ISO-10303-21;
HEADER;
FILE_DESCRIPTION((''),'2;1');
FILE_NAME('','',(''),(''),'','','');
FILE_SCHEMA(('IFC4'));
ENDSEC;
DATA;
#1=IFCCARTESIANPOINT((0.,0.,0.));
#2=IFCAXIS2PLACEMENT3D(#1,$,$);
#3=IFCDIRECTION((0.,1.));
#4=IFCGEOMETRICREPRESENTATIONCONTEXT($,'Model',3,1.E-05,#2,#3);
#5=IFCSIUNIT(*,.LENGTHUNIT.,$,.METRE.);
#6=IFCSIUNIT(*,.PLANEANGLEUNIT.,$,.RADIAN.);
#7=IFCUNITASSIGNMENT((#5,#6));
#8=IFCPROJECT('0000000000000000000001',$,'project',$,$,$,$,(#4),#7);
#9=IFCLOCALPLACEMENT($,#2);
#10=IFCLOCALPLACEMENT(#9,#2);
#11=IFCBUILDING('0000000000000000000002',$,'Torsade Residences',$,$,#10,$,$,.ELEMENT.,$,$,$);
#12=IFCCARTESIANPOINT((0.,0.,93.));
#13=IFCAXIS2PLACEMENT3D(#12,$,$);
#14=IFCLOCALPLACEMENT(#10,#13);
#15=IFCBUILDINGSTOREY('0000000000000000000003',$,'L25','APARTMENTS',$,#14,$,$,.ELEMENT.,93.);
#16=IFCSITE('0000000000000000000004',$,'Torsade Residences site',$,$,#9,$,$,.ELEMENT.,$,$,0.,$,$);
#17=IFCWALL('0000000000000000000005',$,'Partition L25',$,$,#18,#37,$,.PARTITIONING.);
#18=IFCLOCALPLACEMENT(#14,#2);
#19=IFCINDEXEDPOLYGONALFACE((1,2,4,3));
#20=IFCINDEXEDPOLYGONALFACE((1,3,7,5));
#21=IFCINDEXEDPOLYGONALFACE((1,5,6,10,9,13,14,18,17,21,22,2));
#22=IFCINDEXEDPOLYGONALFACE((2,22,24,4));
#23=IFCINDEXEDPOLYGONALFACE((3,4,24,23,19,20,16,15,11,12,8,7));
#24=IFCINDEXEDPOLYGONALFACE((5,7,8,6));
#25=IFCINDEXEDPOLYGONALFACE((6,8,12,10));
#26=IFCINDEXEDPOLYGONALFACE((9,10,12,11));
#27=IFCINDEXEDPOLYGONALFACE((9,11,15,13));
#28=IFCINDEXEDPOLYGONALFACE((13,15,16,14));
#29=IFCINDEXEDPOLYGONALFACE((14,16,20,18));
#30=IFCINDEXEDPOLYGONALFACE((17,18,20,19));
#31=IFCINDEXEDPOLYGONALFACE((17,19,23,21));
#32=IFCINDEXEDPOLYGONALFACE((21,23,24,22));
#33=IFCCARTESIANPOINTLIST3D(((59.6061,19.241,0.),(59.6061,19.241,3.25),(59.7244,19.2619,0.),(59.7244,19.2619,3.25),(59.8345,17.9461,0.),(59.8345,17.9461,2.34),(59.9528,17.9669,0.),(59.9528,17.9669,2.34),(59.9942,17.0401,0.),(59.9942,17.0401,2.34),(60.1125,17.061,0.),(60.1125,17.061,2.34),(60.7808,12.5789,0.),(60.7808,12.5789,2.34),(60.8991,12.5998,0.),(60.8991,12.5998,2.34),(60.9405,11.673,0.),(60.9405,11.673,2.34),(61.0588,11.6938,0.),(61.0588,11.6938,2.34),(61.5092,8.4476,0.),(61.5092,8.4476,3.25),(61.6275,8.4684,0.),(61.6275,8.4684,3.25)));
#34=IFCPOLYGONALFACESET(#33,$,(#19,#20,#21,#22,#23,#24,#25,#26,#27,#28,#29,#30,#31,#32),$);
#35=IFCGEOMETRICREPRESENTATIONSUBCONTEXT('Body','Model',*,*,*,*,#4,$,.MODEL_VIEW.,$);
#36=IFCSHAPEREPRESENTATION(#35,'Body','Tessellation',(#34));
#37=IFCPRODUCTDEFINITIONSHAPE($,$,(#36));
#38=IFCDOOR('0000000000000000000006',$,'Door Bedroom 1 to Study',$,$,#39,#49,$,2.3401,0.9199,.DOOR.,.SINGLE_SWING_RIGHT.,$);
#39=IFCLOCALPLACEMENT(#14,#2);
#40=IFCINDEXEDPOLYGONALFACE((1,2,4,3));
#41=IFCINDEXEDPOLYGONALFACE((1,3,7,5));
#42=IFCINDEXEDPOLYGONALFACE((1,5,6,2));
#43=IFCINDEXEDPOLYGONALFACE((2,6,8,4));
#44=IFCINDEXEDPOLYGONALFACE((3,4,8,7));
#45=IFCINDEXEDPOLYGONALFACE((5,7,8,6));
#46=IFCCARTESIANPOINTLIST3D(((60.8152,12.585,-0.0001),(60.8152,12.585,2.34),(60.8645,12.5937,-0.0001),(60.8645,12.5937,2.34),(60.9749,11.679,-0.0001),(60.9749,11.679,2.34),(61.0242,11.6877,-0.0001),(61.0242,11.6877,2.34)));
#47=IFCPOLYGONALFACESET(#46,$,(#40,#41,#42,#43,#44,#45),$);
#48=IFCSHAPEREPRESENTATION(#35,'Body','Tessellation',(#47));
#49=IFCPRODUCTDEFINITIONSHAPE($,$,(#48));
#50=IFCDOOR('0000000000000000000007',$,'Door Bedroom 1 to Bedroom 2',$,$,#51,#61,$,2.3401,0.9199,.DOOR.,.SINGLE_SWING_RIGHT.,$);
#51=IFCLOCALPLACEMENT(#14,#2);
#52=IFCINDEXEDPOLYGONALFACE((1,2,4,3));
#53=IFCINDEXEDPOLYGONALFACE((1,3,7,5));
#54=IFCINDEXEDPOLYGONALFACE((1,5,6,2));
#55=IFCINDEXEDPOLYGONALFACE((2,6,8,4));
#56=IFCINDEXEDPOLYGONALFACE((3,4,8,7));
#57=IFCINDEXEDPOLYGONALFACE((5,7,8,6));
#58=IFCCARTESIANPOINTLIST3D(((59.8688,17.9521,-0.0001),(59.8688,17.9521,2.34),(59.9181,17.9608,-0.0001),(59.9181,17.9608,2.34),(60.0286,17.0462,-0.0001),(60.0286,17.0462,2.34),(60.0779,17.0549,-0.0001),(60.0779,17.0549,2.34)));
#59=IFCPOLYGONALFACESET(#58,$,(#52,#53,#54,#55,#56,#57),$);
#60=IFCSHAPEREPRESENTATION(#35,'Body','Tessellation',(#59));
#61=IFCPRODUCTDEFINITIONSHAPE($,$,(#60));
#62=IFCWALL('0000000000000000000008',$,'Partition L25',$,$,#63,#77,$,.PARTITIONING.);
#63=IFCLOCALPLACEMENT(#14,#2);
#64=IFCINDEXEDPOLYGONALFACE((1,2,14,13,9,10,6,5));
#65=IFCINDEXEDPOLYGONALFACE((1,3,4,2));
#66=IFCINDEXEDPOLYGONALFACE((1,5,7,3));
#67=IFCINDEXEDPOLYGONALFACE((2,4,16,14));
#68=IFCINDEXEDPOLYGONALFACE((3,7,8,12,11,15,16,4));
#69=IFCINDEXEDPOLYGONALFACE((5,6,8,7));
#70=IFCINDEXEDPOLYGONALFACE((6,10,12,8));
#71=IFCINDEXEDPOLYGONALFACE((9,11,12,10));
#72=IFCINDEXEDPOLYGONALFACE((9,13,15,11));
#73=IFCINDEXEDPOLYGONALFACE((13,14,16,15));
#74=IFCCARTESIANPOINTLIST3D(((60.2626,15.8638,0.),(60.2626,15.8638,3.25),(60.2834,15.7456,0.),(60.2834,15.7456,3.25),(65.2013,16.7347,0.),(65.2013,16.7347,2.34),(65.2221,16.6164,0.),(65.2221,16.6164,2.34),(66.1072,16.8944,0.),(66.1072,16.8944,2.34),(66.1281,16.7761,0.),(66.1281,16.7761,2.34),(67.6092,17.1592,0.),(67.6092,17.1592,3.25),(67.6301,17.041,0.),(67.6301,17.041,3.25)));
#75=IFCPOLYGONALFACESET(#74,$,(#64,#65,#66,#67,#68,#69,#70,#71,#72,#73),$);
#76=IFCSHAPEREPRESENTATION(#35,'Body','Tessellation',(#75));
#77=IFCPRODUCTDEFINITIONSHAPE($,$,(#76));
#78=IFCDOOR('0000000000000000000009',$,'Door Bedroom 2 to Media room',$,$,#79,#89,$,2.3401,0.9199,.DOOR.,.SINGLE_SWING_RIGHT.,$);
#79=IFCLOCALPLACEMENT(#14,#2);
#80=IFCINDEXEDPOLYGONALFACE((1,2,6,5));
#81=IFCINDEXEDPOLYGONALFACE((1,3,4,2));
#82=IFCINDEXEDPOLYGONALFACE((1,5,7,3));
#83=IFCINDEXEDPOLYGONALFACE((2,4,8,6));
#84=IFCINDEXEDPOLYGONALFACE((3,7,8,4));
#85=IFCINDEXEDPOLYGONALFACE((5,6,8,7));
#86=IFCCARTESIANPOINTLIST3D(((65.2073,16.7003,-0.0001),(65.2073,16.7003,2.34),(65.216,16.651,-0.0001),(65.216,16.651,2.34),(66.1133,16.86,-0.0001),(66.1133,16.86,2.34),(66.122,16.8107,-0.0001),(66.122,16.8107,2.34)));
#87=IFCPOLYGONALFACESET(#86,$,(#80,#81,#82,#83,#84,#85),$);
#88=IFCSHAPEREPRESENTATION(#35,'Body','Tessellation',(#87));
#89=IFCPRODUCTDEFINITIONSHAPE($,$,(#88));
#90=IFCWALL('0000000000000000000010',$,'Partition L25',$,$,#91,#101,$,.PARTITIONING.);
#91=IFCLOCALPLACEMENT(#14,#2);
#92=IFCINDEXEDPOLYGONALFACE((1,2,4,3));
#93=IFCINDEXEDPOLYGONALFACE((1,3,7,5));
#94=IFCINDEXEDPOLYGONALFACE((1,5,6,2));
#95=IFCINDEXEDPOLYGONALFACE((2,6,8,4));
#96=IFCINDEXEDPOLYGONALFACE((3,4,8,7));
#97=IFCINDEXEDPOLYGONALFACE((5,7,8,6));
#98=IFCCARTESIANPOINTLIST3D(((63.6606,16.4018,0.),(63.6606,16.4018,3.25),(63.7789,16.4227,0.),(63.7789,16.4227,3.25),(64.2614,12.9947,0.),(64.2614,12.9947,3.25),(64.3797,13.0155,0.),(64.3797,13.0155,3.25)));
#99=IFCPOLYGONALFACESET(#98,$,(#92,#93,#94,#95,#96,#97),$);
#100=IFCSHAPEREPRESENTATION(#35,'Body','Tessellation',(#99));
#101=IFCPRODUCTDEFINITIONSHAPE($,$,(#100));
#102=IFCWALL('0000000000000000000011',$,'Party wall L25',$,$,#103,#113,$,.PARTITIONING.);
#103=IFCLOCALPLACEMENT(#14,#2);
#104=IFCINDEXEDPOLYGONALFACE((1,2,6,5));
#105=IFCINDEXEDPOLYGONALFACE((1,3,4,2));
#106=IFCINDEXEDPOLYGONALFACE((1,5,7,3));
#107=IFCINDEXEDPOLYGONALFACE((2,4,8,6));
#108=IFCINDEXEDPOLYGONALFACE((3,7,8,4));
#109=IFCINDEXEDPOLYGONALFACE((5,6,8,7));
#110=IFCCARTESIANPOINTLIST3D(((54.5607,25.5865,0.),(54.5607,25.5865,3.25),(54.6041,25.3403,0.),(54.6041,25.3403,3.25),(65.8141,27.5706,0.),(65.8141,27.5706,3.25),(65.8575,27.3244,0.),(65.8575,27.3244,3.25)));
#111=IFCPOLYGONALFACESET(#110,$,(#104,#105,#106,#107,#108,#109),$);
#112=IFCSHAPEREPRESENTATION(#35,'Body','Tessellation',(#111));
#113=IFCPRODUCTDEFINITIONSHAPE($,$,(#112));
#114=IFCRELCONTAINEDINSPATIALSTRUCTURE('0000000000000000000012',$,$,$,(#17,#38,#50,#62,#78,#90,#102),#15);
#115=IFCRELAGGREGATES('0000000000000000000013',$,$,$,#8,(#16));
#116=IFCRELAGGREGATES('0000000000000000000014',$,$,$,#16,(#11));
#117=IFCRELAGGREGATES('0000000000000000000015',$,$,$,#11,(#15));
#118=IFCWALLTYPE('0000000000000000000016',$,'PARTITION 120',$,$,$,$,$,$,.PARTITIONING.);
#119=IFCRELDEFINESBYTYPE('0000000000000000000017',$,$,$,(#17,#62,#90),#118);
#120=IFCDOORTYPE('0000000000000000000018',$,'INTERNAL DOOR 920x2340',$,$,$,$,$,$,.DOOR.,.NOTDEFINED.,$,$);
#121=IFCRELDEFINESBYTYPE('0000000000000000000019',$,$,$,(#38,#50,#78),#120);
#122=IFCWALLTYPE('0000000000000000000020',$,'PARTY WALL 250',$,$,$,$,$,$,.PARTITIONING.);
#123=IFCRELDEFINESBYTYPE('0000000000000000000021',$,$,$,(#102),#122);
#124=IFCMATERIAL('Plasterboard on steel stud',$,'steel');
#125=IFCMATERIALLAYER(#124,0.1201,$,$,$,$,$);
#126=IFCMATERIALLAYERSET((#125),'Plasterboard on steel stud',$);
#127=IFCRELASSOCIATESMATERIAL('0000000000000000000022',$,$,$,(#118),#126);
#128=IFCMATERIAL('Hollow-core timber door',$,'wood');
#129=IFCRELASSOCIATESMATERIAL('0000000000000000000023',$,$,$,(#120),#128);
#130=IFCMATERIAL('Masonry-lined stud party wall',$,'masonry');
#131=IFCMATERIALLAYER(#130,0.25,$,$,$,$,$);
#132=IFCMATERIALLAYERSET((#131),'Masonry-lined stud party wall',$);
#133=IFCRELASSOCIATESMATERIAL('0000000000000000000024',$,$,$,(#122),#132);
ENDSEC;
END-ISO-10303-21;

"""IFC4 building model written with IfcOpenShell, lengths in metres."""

from ifc_helpers import new_model, si_unit, direction, frame, frame_2d, origin, place, context, subcontext, project, spatial, rectangle, extrude, material, layer, layer_set, type_object, element, fill, save


model = new_model("IFC4")

# Units and contexts
model_context = context("Model", 3, precision=1e-05, world=origin(), true_north=direction((0.0, 1.0)))
body_context = subcontext(model_context, "Body", "Model", "MODEL_VIEW")
ifc_project = project(units=[si_unit("LENGTHUNIT", "METRE"), si_unit("PLANEANGLEUNIT", "RADIAN")], contexts=[model_context])

# Site, building, storey
site_placement = place(None, origin())
site = spatial("IfcSite", under=ifc_project, at=site_placement, Name="Torsade Residences site", CompositionType="ELEMENT", RefElevation=0.0)
building_placement = place(site_placement, origin())
building = spatial("IfcBuilding", under=site, at=building_placement, Name="Torsade Residences", CompositionType="ELEMENT")
storey_placement = place(building_placement, frame((0.0, 0.0, 93.0)))
storey = spatial("IfcBuildingStorey", under=building, at=storey_placement, Name="L25", Description="APARTMENTS", CompositionType="ELEMENT", Elevation=93.0)

# Shared definitions
ifc_material_1 = material(Name="Plasterboard on steel stud", Category="steel")
ifc_layer_1 = layer(ifc_material_1, 0.1201)
ifc_layer_set_1 = layer_set([ifc_layer_1], Name="Plasterboard on steel stud")
wall_type_1 = type_object("IfcWallType", Name="PARTITION 120", PredefinedType="PARTITIONING", material=ifc_layer_set_1)

# Shared definitions
ifc_material_2 = material(Name="Hollow-core timber door", Category="wood")
door_type_1 = type_object("IfcDoorType", Name="INTERNAL DOOR 920x2340", OperationType="NOTDEFINED", PredefinedType="DOOR", material=ifc_material_2)

# Wall, openings, doors
wall_1_placement = place(storey_placement, frame((59.6653, 19.2515, 0.0), z_axis=(0.0, 0.0, 1.0), x_axis=(0.173639, -0.984809, 0.0)))
wall_1 = element("IfcWall", 1, at=wall_1_placement, inside=storey, type_object=wall_type_1, Name="Partition L25", PredefinedType="PARTITIONING", context=body_context, shape_type="SweptSolid", body=[
    extrude(rectangle(XDim=10.96, YDim=0.1201, at=frame_2d((5.48, 0.0))), origin(), (0.0, 0.0, 1.0), 3.25),
])
opening_1_placement = place(wall_1_placement, frame((6.7649, 0.0, 0.0)))
opening_1 = element("IfcOpeningElement", 2, at=opening_1_placement, cuts=wall_1, PredefinedType="OPENING", context=body_context, shape_type="SweptSolid", body=[
    extrude(rectangle(XDim=0.9199, YDim=2.3401, at=frame_2d((0.46, 1.1699))), frame((0.0, 0.0701, 0.0), z_axis=(0.0, -1.0, 0.0), x_axis=(1.0, 0.0, 0.0)), (0.0, 0.0, 1.0), 0.1401),
])
opening_2_placement = place(wall_1_placement, frame((1.3149, 0.0, 0.0)))
opening_2 = element("IfcOpeningElement", 3, at=opening_2_placement, cuts=wall_1, PredefinedType="OPENING", context=body_context, shape_type="SweptSolid", body=[
    extrude(rectangle(XDim=0.9199, YDim=2.3401, at=frame_2d((0.46, 1.1699))), frame((0.0, 0.0701, 0.0), z_axis=(0.0, -1.0, 0.0), x_axis=(1.0, 0.0, 0.0)), (0.0, 0.0, 1.0), 0.1401),
])
door_1_placement = place(opening_1_placement, origin())
door_1 = element("IfcDoor", 4, at=door_1_placement, inside=storey, type_object=door_type_1, Name="Door Bedroom 1 to Study", OperationType="SINGLE_SWING_RIGHT", OverallHeight=2.3401, OverallWidth=0.9199, PredefinedType="DOOR", context=body_context, shape_type="SweptSolid", body=[
    extrude(rectangle(XDim=0.9199, YDim=2.3401, at=frame_2d((0.46, 1.1699))), frame((0.0, 0.0249, 0.0), z_axis=(0.0, -1.0, 0.0), x_axis=(1.0, 0.0, 0.0)), (0.0, 0.0, 1.0), 0.05),
])
fill(opening_1, door_1)
door_2_placement = place(opening_2_placement, origin())
door_2 = element("IfcDoor", 5, at=door_2_placement, inside=storey, type_object=door_type_1, Name="Door Bedroom 1 to Bedroom 2", OperationType="SINGLE_SWING_RIGHT", OverallHeight=2.3401, OverallWidth=0.9199, PredefinedType="DOOR", context=body_context, shape_type="SweptSolid", body=[
    extrude(rectangle(XDim=0.9199, YDim=2.3401, at=frame_2d((0.46, 1.1699))), frame((0.0, 0.0249, 0.0), z_axis=(0.0, -1.0, 0.0), x_axis=(1.0, 0.0, 0.0)), (0.0, 0.0, 1.0), 0.05),
])
fill(opening_2, door_2)

# Wall, opening, door
wall_2_placement = place(storey_placement, frame((67.6196, 17.1001, 0.0), z_axis=(0.0, 0.0, 1.0), x_axis=(-0.984808, -0.173647, 0.0)))
wall_2 = element("IfcWall", 6, at=wall_2_placement, inside=storey, type_object=wall_type_1, Name="Partition L25", PredefinedType="PARTITIONING", context=body_context, shape_type="SweptSolid", body=[
    extrude(rectangle(XDim=7.46, YDim=0.1201, at=frame_2d((3.73, 0.0))), origin(), (0.0, 0.0, 1.0), 3.25),
])
opening_3_placement = place(wall_2_placement, frame((1.5251, 0.0, 0.0)))
opening_3 = element("IfcOpeningElement", 7, at=opening_3_placement, cuts=wall_2, PredefinedType="OPENING", context=body_context, shape_type="SweptSolid", body=[
    extrude(rectangle(XDim=0.9199, YDim=2.3401, at=frame_2d((0.46, 1.1699))), frame((0.0, 0.0701, 0.0), z_axis=(0.0, -1.0, 0.0), x_axis=(1.0, 0.0, 0.0)), (0.0, 0.0, 1.0), 0.1401),
])
door_3_placement = place(opening_3_placement, origin())
door_3 = element("IfcDoor", 8, at=door_3_placement, inside=storey, type_object=door_type_1, Name="Door Bedroom 2 to Media room", OperationType="SINGLE_SWING_RIGHT", OverallHeight=2.3401, OverallWidth=0.9199, PredefinedType="DOOR", context=body_context, shape_type="SweptSolid", body=[
    extrude(rectangle(XDim=0.9199, YDim=2.3401, at=frame_2d((0.46, 1.1699))), frame((0.0, 0.0249, 0.0), z_axis=(0.0, -1.0, 0.0), x_axis=(1.0, 0.0, 0.0)), (0.0, 0.0, 1.0), 0.05),
])
fill(opening_3, door_3)

# Walls
wall_3_placement = place(storey_placement, frame((63.7197, 16.4124, 0.0), z_axis=(0.0, 0.0, 1.0), x_axis=(0.173661, -0.984806, 0.0)))
element("IfcWall", 9, at=wall_3_placement, inside=storey, type_object=wall_type_1, Name="Partition L25", PredefinedType="PARTITIONING", context=body_context, shape_type="SweptSolid", body=[
    extrude(rectangle(XDim=3.4597, YDim=0.1201, at=frame_2d((1.73, 0.0))), origin(), (0.0, 0.0, 1.0), 3.25),
])
ifc_material_3 = material(Name="Masonry-lined stud party wall", Category="masonry")
ifc_layer_2 = layer(ifc_material_3, 0.25)
ifc_layer_set_2 = layer_set([ifc_layer_2], Name="Masonry-lined stud party wall")
wall_type_2 = type_object("IfcWallType", Name="PARTY WALL 250", PredefinedType="PARTITIONING", material=ifc_layer_set_2)
wall_4_placement = place(storey_placement, frame((65.8357, 27.4475, 0.0), z_axis=(0.0, 0.0, 1.0), x_axis=(-0.98481, -0.173635, 0.0)))
element("IfcWall", 10, at=wall_4_placement, inside=storey, type_object=wall_type_2, Name="Party wall L25", PredefinedType="PARTITIONING", context=body_context, shape_type="SweptSolid", body=[
    extrude(rectangle(XDim=11.427, YDim=0.25, at=frame_2d((5.7134, 0.0))), origin(), (0.0, 0.0, 1.0), 3.25),
])

save(model, "model.ifc")
